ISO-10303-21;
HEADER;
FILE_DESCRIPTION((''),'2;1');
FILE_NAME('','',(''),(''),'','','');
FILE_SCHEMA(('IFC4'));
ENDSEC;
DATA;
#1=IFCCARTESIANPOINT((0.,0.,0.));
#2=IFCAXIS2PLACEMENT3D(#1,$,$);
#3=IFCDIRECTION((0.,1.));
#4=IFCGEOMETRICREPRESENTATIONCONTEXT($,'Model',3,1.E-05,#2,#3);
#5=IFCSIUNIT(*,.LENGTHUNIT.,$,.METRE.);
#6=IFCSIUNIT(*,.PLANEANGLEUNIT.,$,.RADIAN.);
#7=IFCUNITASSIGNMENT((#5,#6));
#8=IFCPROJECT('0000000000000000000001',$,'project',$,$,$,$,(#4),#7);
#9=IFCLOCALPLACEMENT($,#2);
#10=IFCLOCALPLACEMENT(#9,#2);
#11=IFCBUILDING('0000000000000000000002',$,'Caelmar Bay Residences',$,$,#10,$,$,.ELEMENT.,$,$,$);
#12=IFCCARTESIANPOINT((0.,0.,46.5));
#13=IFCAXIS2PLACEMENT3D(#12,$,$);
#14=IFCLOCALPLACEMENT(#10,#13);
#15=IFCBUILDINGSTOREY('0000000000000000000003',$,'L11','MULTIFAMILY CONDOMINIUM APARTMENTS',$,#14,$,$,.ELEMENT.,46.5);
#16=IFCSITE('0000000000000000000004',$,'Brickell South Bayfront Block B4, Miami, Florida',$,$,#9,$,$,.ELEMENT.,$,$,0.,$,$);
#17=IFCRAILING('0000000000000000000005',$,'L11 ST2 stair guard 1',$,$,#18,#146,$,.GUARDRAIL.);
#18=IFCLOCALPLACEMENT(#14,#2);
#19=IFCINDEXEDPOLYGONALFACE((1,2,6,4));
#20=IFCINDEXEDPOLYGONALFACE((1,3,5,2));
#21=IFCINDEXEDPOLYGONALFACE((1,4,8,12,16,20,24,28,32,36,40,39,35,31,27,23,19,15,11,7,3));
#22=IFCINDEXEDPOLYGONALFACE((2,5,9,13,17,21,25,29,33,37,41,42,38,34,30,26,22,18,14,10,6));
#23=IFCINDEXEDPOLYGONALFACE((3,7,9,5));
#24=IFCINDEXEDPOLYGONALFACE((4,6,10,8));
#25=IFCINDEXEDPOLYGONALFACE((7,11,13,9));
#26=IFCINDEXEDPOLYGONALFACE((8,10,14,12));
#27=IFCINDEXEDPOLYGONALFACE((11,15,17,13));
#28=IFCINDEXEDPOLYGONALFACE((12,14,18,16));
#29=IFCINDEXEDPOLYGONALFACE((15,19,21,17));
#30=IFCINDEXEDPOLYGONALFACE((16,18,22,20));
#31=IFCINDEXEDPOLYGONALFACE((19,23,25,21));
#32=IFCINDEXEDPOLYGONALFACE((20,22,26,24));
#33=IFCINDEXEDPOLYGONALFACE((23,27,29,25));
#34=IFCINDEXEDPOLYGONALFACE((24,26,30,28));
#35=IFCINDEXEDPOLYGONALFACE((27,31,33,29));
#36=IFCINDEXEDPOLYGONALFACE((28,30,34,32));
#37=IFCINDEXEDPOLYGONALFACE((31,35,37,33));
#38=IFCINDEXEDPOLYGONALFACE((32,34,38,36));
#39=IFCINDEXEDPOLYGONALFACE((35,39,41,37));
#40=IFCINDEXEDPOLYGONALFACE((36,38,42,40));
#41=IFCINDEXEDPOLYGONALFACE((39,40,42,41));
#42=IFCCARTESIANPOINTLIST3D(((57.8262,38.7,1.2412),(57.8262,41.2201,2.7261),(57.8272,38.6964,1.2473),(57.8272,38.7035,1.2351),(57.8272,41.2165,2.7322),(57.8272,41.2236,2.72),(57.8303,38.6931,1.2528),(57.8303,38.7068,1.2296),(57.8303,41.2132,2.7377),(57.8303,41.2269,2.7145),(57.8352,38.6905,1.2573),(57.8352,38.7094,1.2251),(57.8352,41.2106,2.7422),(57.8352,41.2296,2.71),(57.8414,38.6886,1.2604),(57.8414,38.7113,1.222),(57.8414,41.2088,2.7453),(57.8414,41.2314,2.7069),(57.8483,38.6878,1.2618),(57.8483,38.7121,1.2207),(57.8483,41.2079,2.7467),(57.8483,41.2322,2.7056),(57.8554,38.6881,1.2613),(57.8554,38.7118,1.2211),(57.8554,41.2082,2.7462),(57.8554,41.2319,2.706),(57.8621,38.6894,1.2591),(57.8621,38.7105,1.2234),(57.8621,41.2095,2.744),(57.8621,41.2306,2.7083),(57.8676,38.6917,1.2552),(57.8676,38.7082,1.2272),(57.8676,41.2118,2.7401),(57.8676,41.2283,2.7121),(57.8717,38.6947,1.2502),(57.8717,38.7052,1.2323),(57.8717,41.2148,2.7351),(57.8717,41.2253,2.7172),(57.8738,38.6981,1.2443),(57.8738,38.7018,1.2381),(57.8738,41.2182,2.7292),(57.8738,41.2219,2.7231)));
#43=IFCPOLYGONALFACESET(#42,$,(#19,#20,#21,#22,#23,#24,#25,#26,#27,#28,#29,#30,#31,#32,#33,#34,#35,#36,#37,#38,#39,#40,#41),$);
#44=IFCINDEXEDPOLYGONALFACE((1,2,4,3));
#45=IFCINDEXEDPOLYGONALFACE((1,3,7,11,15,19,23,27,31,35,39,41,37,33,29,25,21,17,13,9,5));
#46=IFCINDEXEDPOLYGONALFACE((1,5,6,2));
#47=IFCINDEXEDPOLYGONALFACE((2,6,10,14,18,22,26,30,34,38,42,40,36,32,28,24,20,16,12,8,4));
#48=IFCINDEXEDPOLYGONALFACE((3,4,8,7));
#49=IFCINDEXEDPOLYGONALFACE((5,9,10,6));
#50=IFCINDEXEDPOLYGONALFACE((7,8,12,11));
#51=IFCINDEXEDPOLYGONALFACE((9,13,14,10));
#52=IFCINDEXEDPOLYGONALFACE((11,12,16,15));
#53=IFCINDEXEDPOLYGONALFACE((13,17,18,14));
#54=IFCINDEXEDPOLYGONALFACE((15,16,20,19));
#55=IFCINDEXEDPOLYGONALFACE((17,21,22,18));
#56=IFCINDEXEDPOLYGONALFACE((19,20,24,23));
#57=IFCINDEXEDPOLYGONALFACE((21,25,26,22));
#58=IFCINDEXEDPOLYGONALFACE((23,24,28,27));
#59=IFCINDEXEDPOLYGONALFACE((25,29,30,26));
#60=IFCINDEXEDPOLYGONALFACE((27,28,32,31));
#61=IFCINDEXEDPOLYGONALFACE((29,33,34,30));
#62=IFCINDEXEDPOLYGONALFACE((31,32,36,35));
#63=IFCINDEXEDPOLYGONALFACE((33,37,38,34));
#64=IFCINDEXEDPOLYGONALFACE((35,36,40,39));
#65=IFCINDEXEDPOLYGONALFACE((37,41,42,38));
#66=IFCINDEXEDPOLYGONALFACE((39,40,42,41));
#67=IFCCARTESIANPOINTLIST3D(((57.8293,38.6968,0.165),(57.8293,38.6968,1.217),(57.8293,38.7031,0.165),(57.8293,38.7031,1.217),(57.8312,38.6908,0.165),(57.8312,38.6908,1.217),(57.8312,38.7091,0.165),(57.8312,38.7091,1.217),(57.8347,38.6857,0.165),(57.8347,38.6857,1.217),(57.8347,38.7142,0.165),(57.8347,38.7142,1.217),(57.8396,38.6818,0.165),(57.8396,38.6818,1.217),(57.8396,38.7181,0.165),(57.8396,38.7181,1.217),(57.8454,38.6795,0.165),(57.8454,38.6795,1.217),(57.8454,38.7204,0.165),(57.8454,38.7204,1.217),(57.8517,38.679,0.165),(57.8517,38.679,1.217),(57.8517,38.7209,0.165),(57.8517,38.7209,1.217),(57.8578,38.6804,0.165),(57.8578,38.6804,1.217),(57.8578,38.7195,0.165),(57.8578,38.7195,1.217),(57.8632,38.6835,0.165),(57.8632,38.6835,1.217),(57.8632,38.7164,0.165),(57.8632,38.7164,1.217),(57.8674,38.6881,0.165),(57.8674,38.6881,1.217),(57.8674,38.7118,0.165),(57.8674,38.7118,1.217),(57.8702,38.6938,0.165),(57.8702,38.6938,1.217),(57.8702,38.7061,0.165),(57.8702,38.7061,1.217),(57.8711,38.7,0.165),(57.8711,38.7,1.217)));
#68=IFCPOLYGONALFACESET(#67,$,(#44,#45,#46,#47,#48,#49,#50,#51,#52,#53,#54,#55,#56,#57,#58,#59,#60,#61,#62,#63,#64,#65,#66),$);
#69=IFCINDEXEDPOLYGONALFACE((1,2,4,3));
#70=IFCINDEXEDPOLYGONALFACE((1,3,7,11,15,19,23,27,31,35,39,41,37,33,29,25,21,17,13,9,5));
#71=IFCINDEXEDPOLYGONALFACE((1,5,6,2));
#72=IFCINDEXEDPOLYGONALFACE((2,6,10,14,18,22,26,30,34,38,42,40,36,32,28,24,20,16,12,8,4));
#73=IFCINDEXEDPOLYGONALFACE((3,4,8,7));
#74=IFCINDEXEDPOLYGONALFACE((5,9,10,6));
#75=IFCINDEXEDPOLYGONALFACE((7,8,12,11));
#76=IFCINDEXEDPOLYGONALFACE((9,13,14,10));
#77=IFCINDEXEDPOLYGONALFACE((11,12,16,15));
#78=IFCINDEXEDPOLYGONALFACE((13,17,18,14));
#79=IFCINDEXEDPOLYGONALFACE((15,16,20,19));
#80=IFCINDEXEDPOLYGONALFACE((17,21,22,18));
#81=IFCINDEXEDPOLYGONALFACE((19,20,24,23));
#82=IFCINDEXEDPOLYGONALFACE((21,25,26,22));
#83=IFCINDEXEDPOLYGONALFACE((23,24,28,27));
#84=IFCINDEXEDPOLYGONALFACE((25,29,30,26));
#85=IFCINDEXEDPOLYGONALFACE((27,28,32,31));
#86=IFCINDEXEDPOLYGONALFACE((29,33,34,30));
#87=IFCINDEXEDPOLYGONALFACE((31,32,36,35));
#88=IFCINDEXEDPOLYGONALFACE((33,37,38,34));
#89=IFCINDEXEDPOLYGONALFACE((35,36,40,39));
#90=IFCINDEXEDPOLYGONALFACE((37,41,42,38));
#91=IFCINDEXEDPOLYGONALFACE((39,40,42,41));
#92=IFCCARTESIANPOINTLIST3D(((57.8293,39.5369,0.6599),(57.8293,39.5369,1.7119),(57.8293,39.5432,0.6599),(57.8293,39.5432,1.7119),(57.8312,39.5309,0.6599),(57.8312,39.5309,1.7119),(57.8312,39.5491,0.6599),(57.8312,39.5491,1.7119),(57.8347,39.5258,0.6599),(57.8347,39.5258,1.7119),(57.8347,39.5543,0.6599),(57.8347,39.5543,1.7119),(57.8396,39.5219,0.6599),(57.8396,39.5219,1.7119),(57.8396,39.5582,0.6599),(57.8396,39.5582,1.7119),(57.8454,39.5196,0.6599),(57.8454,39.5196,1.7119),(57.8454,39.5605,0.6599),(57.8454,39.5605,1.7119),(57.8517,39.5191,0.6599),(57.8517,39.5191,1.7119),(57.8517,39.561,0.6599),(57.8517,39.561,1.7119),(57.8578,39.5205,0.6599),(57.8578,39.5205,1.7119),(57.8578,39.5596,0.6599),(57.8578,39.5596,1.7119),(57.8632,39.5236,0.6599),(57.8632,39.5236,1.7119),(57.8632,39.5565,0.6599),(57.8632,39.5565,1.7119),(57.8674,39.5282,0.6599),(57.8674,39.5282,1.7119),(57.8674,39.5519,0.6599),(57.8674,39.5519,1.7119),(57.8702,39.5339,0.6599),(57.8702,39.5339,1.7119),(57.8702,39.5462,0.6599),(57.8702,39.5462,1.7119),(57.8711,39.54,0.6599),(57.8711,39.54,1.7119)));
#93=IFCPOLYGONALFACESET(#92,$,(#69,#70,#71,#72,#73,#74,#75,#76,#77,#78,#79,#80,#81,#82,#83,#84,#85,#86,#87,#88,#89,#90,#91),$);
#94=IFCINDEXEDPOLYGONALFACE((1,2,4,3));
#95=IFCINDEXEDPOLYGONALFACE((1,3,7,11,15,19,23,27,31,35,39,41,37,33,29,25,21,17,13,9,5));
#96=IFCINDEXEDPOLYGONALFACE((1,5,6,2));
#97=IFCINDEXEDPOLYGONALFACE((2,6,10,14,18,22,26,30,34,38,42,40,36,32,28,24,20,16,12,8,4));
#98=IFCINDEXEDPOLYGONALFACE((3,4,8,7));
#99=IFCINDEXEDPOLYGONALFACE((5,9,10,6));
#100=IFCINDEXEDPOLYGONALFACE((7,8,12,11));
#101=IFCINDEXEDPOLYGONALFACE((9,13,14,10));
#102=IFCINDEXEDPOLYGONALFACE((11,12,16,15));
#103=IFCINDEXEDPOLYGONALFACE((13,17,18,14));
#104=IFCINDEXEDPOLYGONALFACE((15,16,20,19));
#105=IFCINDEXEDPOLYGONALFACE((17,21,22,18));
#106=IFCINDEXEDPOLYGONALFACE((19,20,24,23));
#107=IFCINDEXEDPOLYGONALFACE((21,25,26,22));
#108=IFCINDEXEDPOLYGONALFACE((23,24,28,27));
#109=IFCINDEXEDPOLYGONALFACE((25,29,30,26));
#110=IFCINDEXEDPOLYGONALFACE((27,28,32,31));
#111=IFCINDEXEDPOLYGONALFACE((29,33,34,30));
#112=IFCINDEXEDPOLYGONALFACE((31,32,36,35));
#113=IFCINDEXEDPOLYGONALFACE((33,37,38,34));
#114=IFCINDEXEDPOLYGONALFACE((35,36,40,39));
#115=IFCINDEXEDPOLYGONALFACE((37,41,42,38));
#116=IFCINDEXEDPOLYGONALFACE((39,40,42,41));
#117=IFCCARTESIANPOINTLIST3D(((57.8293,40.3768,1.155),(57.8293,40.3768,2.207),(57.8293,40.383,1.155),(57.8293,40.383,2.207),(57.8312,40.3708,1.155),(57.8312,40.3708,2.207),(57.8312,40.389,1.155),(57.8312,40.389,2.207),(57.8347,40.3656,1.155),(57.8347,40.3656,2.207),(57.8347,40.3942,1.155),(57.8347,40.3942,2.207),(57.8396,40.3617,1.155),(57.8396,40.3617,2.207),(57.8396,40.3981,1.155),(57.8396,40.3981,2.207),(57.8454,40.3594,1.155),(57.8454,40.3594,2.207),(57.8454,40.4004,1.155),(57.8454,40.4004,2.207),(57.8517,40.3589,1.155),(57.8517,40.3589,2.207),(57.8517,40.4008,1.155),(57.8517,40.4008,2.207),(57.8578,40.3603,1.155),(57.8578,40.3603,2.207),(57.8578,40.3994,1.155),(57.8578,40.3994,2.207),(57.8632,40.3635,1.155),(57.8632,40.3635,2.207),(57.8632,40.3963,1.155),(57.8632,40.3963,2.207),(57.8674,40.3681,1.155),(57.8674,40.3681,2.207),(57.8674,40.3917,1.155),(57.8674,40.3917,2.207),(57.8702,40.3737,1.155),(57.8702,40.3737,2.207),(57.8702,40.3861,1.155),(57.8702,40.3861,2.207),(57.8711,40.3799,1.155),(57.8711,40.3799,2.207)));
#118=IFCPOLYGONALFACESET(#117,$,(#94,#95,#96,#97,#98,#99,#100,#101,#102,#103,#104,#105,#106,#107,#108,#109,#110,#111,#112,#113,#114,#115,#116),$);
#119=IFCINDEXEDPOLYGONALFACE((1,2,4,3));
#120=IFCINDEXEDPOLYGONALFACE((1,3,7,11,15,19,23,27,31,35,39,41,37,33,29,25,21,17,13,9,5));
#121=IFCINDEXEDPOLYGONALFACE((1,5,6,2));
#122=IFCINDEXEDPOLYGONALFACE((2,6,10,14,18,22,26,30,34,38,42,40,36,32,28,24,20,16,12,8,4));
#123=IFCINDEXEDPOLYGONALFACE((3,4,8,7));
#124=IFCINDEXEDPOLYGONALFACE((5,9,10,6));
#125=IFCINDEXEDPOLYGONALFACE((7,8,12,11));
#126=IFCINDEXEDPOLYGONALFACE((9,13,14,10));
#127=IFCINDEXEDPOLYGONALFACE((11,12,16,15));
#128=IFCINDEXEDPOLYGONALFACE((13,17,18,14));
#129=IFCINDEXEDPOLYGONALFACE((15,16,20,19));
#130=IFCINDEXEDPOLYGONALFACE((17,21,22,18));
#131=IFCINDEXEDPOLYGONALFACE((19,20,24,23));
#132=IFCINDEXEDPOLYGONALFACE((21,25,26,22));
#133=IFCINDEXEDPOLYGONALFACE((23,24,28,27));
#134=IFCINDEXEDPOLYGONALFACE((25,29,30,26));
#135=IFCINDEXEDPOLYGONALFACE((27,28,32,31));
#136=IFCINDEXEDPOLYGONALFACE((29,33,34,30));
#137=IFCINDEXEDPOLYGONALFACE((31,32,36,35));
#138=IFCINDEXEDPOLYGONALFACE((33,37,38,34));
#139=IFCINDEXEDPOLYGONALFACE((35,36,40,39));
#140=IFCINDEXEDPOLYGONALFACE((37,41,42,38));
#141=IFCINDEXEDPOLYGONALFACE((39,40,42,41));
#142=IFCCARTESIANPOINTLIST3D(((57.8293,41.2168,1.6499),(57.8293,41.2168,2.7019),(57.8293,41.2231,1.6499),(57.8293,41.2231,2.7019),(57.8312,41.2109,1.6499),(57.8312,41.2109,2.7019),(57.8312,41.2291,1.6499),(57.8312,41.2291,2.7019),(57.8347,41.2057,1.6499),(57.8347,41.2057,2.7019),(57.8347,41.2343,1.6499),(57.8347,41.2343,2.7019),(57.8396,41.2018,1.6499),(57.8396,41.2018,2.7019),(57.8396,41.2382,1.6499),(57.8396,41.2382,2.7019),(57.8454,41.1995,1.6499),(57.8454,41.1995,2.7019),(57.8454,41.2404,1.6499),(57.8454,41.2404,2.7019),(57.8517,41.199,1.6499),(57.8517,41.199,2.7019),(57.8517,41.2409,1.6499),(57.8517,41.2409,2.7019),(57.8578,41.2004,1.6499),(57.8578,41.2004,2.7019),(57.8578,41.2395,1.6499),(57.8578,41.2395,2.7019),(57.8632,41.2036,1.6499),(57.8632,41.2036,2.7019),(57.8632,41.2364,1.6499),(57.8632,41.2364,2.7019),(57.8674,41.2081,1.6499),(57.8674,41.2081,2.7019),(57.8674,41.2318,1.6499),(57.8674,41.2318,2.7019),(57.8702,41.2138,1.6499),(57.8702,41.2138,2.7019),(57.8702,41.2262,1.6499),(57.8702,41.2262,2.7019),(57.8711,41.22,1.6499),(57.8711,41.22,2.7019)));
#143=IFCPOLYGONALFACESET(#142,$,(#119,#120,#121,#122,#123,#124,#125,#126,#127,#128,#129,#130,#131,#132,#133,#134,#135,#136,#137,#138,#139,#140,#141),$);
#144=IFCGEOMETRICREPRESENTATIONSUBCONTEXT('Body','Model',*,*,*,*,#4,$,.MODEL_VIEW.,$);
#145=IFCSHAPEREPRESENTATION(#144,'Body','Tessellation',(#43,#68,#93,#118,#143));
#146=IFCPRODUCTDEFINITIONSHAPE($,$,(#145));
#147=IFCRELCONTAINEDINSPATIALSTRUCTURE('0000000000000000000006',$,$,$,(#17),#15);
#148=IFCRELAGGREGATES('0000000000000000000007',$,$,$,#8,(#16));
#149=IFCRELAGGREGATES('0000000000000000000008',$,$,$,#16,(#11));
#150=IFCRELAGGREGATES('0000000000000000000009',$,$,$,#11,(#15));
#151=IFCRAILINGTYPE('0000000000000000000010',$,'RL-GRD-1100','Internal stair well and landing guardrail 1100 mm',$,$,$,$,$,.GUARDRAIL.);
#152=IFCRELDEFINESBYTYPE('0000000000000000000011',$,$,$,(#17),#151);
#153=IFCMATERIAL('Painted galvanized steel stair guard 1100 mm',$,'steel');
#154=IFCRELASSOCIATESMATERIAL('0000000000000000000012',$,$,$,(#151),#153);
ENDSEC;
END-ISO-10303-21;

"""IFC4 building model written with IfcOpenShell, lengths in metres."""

from ifc_helpers import new_model, si_unit, direction, frame, origin, origin_2d, place, context, subcontext, project, spatial, circle, extrude, material, type_object, element, save


model = new_model("IFC4")

# Units and contexts
model_context = context("Model", 3, precision=1e-05, world=origin(), true_north=direction((0.0, 1.0)))
body_context = subcontext(model_context, "Body", "Model", "MODEL_VIEW")
ifc_project = project(units=[si_unit("LENGTHUNIT", "METRE"), si_unit("PLANEANGLEUNIT", "RADIAN")], contexts=[model_context])

# Site, building, storey
site_placement = place(None, origin())
site = spatial("IfcSite", under=ifc_project, at=site_placement, Name="Brickell South Bayfront Block B4, Miami, Florida", CompositionType="ELEMENT", RefElevation=0.0)
building_placement = place(site_placement, origin())
building = spatial("IfcBuilding", under=site, at=building_placement, Name="Caelmar Bay Residences", CompositionType="ELEMENT")
storey_placement = place(building_placement, frame((0.0, 0.0, 46.5)))
storey = spatial("IfcBuildingStorey", under=building, at=storey_placement, Name="L11", Description="MULTIFAMILY CONDOMINIUM APARTMENTS", CompositionType="ELEMENT", Elevation=46.5)

# Railing
ifc_material_1 = material(Name="Painted galvanized steel stair guard 1100 mm", Category="steel")
railing_type_1 = type_object("IfcRailingType", Name="RL-GRD-1100", Description="Internal stair well and landing guardrail 1100 mm", PredefinedType="GUARDRAIL", material=ifc_material_1)
railing_1_placement = place(storey_placement, frame((57.8501, 38.7, 0.165)))
element("IfcRailing", 1, at=railing_1_placement, inside=storey, type_object=railing_type_1, Name="L11 ST2 stair guard 1", PredefinedType="GUARDRAIL", context=body_context, shape_type="SweptSolid", body=[
    extrude(circle(Radius=0.0239, at=origin_2d()), frame((0.0, 0.0, 1.0762), z_axis=(0.0, 0.861561, 0.507655), x_axis=(-1.0, 0.0, 0.0)), (0.0, 0.0, 1.0), 2.925),
    extrude(circle(Radius=0.021, at=origin_2d()), origin(), (0.0, 0.0, 1.0), 1.052),
    extrude(circle(Radius=0.021, at=origin_2d()), frame((0.0, 0.8401, 0.4949)), (0.0, 0.0, 1.0), 1.052),
    extrude(circle(Radius=0.021, at=origin_2d()), frame((0.0, 1.6799, 0.99)), (0.0, 0.0, 1.0), 1.052),
    extrude(circle(Radius=0.021, at=origin_2d()), frame((0.0, 2.52, 1.4849)), (0.0, 0.0, 1.0), 1.052),
])

save(model, "model.ifc")
